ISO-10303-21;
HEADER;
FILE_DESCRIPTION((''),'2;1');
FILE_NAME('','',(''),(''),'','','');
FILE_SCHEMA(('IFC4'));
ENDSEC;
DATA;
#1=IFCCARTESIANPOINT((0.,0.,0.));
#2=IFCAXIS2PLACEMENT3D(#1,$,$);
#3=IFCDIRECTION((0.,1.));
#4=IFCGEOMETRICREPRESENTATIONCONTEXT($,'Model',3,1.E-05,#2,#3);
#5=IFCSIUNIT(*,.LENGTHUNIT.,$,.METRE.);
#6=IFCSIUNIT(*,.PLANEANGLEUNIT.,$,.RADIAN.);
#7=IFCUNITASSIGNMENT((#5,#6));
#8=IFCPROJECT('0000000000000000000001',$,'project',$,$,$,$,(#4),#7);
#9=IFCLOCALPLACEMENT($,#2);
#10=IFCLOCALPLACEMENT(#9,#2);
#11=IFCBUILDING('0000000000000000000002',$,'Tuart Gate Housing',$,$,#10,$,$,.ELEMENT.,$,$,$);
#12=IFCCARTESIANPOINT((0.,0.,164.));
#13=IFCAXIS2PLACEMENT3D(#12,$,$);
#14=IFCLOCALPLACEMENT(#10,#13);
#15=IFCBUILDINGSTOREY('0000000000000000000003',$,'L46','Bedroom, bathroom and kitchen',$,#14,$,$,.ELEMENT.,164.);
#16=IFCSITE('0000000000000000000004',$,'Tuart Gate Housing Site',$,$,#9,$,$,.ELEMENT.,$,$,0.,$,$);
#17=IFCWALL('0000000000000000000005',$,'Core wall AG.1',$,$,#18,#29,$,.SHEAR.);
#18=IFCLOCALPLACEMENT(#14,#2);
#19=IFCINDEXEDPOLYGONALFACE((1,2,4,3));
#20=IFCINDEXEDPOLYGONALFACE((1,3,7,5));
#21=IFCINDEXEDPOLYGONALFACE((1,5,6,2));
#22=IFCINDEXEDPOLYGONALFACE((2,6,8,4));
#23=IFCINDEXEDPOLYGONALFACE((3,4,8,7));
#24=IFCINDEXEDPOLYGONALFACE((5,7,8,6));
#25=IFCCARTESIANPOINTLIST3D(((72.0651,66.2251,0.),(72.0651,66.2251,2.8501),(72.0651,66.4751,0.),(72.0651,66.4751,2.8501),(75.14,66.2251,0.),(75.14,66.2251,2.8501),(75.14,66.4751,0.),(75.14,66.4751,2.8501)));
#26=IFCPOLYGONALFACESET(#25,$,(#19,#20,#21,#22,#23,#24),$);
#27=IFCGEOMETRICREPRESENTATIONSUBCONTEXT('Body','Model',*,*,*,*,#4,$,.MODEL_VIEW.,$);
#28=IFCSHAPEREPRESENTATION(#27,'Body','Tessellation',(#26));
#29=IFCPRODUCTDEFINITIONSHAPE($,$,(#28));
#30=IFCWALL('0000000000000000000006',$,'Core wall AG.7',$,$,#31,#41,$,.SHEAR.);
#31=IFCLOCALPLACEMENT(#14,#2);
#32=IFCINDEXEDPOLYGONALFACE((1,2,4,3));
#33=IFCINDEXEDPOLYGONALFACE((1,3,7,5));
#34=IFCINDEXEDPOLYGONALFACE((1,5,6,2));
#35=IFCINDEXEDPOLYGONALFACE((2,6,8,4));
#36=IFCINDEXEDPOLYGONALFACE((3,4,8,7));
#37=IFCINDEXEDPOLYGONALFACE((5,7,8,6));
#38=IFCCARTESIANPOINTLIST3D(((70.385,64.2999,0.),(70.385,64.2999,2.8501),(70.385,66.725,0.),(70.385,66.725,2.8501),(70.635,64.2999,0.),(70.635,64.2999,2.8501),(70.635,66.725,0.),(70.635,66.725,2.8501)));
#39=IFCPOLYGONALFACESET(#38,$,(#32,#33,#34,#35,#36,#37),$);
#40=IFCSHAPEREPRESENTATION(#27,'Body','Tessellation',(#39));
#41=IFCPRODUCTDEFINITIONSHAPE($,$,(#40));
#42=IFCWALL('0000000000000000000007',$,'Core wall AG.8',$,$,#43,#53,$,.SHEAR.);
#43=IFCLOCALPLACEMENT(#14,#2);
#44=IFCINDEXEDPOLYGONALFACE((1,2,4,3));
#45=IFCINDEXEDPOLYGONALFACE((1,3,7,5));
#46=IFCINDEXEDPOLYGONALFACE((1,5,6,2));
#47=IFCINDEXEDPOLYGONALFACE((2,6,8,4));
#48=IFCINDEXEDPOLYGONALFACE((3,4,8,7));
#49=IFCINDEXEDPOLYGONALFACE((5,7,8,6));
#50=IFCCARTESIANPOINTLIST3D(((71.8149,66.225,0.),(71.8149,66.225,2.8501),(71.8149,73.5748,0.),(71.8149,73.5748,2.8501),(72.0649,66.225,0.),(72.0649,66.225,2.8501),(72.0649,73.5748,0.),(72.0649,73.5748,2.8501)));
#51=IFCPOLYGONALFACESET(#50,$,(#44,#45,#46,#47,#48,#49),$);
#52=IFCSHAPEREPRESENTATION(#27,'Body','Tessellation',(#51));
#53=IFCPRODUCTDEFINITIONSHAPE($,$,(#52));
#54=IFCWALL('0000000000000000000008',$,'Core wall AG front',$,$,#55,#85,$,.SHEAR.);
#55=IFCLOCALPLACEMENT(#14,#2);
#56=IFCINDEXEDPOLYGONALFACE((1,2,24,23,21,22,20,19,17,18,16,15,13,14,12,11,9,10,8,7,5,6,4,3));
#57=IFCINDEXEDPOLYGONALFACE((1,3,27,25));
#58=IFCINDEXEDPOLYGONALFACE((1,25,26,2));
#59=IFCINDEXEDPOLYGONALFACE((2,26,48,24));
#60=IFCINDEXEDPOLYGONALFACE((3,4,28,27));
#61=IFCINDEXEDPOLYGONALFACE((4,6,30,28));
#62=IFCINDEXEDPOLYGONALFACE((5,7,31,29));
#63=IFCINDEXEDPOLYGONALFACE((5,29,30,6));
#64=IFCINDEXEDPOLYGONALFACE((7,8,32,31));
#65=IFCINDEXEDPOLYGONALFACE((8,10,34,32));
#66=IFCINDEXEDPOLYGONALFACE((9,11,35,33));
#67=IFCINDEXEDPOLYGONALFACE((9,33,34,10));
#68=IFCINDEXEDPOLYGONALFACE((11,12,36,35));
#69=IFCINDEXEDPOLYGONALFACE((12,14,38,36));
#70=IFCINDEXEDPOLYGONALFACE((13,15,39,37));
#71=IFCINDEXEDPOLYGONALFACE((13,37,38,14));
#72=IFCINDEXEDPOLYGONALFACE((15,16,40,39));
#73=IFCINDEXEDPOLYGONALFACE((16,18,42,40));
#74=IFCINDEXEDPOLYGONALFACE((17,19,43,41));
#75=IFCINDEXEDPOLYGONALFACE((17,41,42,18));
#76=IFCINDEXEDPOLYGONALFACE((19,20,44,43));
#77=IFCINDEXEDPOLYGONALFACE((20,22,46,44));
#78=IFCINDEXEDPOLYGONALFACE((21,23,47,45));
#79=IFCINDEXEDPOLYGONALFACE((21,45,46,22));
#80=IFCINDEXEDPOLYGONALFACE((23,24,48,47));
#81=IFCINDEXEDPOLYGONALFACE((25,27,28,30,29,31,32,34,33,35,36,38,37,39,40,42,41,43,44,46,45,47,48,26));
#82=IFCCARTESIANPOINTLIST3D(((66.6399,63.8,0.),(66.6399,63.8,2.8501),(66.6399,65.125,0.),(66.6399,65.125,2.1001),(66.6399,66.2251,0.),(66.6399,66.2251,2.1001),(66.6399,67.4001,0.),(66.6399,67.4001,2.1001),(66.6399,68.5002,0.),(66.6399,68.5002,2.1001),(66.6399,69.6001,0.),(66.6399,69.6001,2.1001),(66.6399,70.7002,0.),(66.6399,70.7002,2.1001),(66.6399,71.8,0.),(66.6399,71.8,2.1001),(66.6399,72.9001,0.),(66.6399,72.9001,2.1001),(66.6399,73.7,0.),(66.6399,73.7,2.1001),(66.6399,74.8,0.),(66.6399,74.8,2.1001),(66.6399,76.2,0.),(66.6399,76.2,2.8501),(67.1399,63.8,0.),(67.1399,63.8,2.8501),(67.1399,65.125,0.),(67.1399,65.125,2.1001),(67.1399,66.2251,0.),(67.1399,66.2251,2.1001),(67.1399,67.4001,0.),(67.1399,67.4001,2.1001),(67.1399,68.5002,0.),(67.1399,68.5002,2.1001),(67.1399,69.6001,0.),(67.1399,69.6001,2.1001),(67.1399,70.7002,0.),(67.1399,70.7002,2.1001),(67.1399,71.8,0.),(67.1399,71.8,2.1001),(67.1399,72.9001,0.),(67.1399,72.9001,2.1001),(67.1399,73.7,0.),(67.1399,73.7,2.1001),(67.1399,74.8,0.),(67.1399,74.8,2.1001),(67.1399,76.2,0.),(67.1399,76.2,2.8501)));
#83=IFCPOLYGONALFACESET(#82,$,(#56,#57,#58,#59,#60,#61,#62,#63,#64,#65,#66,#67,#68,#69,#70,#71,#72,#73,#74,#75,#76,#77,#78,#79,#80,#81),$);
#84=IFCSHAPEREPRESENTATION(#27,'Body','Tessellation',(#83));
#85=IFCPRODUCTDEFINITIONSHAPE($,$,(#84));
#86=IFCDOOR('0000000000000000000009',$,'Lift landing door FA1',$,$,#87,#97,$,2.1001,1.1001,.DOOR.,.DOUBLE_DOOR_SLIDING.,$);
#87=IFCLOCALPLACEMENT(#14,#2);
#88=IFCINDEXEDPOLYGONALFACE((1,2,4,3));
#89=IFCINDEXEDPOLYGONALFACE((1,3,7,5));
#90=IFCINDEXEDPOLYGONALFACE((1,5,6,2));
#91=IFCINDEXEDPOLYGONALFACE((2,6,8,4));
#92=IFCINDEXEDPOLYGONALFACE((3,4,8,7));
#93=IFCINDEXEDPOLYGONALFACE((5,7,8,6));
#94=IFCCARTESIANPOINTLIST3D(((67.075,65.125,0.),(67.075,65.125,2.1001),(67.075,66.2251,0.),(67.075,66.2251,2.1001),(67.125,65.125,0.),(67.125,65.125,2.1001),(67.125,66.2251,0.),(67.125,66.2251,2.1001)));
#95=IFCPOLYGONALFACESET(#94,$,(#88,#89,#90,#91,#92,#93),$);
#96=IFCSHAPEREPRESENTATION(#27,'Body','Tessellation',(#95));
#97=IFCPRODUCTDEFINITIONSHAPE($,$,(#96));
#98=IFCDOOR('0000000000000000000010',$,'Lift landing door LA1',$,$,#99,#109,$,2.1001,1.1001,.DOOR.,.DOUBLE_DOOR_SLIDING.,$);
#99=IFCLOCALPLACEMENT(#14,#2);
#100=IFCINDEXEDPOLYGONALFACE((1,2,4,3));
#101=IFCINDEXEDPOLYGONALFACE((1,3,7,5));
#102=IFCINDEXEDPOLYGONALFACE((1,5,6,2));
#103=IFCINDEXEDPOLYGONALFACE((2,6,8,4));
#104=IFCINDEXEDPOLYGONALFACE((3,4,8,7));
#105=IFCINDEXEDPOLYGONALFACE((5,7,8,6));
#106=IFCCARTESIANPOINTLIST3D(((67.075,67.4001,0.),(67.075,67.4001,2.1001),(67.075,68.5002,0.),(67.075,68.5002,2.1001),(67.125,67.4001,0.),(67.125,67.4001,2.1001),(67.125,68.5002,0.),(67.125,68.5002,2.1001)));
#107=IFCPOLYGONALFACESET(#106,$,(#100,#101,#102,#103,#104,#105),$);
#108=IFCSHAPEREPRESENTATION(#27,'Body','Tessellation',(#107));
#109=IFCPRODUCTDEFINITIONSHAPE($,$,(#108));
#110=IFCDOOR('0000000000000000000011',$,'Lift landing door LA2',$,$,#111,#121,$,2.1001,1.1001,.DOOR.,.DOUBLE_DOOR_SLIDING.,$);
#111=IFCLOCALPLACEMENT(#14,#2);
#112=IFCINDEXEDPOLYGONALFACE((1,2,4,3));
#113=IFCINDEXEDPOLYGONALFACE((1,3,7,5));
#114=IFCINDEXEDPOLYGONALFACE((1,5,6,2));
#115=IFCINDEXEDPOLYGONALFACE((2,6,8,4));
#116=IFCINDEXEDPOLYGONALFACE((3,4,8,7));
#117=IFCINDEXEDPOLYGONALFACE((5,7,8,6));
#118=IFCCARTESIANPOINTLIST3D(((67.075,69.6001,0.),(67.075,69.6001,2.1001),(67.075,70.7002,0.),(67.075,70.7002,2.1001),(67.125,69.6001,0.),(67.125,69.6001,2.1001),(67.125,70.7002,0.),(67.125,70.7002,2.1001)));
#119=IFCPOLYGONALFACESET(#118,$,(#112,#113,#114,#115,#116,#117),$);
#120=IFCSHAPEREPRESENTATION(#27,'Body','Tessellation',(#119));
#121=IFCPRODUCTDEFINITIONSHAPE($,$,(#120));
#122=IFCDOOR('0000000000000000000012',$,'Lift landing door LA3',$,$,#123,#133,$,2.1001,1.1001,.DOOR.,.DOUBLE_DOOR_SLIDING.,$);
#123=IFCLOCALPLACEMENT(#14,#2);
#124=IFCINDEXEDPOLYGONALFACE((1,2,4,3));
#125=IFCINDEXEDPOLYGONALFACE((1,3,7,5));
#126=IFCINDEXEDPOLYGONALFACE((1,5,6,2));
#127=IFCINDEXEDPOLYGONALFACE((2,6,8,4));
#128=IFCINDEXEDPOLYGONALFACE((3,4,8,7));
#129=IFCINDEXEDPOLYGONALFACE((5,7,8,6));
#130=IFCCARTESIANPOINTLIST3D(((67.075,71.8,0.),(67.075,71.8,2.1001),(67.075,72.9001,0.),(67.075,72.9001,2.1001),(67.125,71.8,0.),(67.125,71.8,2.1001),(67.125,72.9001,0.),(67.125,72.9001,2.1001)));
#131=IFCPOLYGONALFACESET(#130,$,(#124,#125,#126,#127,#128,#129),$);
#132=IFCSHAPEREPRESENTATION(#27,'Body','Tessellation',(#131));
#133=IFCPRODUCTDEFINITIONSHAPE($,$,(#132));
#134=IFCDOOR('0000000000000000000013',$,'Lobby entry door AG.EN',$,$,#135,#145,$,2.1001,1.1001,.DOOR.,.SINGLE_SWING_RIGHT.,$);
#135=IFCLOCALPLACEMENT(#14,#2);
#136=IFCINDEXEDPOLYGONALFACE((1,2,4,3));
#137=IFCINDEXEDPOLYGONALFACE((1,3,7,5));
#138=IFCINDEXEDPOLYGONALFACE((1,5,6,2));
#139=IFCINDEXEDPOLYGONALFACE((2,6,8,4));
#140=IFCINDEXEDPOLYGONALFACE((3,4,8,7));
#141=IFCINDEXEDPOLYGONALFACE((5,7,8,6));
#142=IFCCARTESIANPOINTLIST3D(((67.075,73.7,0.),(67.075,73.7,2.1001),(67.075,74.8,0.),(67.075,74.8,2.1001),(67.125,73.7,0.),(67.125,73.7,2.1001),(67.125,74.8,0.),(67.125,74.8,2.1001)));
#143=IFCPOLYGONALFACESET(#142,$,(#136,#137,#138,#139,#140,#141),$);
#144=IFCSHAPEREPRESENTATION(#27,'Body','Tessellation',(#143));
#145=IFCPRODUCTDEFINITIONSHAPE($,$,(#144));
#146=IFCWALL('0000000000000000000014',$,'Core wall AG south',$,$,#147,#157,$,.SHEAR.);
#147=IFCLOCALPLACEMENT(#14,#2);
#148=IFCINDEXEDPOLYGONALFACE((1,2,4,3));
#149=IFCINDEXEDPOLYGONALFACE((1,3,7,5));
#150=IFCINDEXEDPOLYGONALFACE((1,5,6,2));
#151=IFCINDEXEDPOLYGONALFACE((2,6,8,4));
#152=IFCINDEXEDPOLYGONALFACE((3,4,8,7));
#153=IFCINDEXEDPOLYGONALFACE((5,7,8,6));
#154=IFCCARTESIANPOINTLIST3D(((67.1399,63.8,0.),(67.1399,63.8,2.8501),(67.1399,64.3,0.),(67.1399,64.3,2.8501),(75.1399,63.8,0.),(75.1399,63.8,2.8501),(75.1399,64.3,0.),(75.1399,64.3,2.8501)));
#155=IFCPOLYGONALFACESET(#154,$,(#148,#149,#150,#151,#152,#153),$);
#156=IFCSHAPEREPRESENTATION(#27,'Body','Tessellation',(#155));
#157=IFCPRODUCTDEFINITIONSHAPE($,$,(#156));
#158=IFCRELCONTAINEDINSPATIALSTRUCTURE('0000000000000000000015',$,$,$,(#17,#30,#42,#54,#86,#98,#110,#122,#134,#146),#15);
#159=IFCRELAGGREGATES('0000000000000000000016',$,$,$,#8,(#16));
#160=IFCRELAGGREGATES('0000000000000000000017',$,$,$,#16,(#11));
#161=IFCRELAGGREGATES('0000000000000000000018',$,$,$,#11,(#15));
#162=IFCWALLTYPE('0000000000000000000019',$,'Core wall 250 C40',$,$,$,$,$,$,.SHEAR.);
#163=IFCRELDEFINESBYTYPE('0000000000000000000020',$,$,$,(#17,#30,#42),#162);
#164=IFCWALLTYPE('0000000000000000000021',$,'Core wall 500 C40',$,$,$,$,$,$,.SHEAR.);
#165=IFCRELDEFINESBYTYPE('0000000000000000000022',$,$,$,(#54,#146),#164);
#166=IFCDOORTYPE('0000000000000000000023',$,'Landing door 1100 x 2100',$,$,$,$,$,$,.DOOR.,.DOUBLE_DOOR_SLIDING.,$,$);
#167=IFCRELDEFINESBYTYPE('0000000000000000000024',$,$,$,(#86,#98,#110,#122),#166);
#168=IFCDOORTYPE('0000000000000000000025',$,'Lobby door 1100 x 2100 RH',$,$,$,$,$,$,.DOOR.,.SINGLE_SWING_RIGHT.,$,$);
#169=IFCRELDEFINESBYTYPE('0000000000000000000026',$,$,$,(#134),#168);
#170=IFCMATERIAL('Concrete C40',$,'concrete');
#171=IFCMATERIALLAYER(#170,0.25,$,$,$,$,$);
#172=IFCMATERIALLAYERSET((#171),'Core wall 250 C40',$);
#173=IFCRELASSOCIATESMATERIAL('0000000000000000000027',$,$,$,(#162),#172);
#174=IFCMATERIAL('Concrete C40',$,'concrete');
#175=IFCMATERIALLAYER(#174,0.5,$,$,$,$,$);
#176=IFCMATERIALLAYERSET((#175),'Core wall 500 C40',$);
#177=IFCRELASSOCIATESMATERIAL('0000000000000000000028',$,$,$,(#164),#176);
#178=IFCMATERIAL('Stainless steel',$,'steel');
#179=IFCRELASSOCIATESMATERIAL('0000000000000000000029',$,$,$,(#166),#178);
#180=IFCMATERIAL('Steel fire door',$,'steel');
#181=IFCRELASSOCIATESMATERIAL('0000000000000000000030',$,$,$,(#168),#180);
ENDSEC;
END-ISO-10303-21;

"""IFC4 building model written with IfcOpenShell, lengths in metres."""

from ifc_helpers import new_model, si_unit, direction, frame, frame_2d, origin, place, context, subcontext, project, spatial, rectangle, extrude, material, layer, layer_set, type_object, element, fill, save


model = new_model("IFC4")

# Units and contexts
model_context = context("Model", 3, precision=1e-05, world=origin(), true_north=direction((0.0, 1.0)))
body_context = subcontext(model_context, "Body", "Model", "MODEL_VIEW")
ifc_project = project(units=[si_unit("LENGTHUNIT", "METRE"), si_unit("PLANEANGLEUNIT", "RADIAN")], contexts=[model_context])

# Site, building, storey
site_placement = place(None, origin())
site = spatial("IfcSite", under=ifc_project, at=site_placement, Name="Tuart Gate Housing Site", CompositionType="ELEMENT", RefElevation=0.0)
building_placement = place(site_placement, origin())
building = spatial("IfcBuilding", under=site, at=building_placement, Name="Tuart Gate Housing", CompositionType="ELEMENT")
storey_placement = place(building_placement, frame((0.0, 0.0, 164.0)))
storey = spatial("IfcBuildingStorey", under=building, at=storey_placement, Name="L46", Description="Bedroom, bathroom and kitchen", CompositionType="ELEMENT", Elevation=164.0)

# Walls
ifc_material_1 = material(Name="Concrete C40", Category="concrete")
ifc_layer_1 = layer(ifc_material_1, 0.25)
ifc_layer_set_1 = layer_set([ifc_layer_1], Name="Core wall 250 C40")
wall_type_1 = type_object("IfcWallType", Name="Core wall 250 C40", PredefinedType="SHEAR", material=ifc_layer_set_1)
wall_1_placement = place(storey_placement, frame((72.0649, 66.3501, 0.0), z_axis=(0.0, 0.0, 1.0), x_axis=(1.0, 0.0, 0.0)))
element("IfcWall", 1, at=wall_1_placement, inside=storey, type_object=wall_type_1, Name="Core wall AG.1", PredefinedType="SHEAR", context=body_context, shape_type="SweptSolid", body=[
    extrude(rectangle(XDim=3.075, YDim=0.25, at=frame_2d((1.5376, 0.0))), origin(), (0.0, 0.0, 1.0), 2.8501),
])
wall_2_placement = place(storey_placement, frame((70.51, 64.3, 0.0), z_axis=(0.0, 0.0, 1.0), x_axis=(0.0, 1.0, 0.0)))
element("IfcWall", 2, at=wall_2_placement, inside=storey, type_object=wall_type_1, Name="Core wall AG.7", PredefinedType="SHEAR", context=body_context, shape_type="SweptSolid", body=[
    extrude(rectangle(XDim=2.425, YDim=0.25, at=frame_2d((1.2124, 0.0))), origin(), (0.0, 0.0, 1.0), 2.8501),
])
wall_3_placement = place(storey_placement, frame((71.9399, 66.2251, 0.0), z_axis=(0.0, 0.0, 1.0), x_axis=(0.0, 1.0, 0.0)))
element("IfcWall", 3, at=wall_3_placement, inside=storey, type_object=wall_type_1, Name="Core wall AG.8", PredefinedType="SHEAR", context=body_context, shape_type="SweptSolid", body=[
    extrude(rectangle(XDim=7.3499, YDim=0.25, at=frame_2d((3.6748, 0.0))), origin(), (0.0, 0.0, 1.0), 2.8501),
])

# Wall, openings, doors
ifc_material_2 = material(Name="Concrete C40", Category="concrete")
ifc_layer_2 = layer(ifc_material_2, 0.5)
ifc_layer_set_2 = layer_set([ifc_layer_2], Name="Core wall 500 C40")
wall_type_2 = type_object("IfcWallType", Name="Core wall 500 C40", PredefinedType="SHEAR", material=ifc_layer_set_2)
wall_4_placement = place(storey_placement, frame((66.8899, 63.8, 0.0), z_axis=(0.0, 0.0, 1.0), x_axis=(0.0, 1.0, 0.0)))
wall_4 = element("IfcWall", 4, at=wall_4_placement, inside=storey, type_object=wall_type_2, Name="Core wall AG front", PredefinedType="SHEAR", context=body_context, shape_type="SweptSolid", body=[
    extrude(rectangle(XDim=12.3999, YDim=0.5, at=frame_2d((6.2, 0.0))), origin(), (0.0, 0.0, 1.0), 2.8501),
])
opening_1_placement = place(wall_4_placement, frame((1.325, 0.0, 0.0)))
opening_1 = element("IfcOpeningElement", 5, at=opening_1_placement, cuts=wall_4, PredefinedType="OPENING", context=body_context, shape_type="SweptSolid", body=[
    extrude(rectangle(XDim=1.1001, YDim=2.1001, at=frame_2d((0.55, 1.05))), frame((0.0, 0.26, 0.0), z_axis=(0.0, -1.0, 0.0), x_axis=(1.0, 0.0, 0.0)), (0.0, 0.0, 1.0), 0.52),
])
opening_2_placement = place(wall_4_placement, frame((3.6001, 0.0, 0.0)))
opening_2 = element("IfcOpeningElement", 6, at=opening_2_placement, cuts=wall_4, PredefinedType="OPENING", context=body_context, shape_type="SweptSolid", body=[
    extrude(rectangle(XDim=1.1001, YDim=2.1001, at=frame_2d((0.55, 1.05))), frame((0.0, 0.26, 0.0), z_axis=(0.0, -1.0, 0.0), x_axis=(1.0, 0.0, 0.0)), (0.0, 0.0, 1.0), 0.52),
])
opening_3_placement = place(wall_4_placement, frame((5.8, 0.0, 0.0)))
opening_3 = element("IfcOpeningElement", 7, at=opening_3_placement, cuts=wall_4, PredefinedType="OPENING", context=body_context, shape_type="SweptSolid", body=[
    extrude(rectangle(XDim=1.1001, YDim=2.1001, at=frame_2d((0.55, 1.05))), frame((0.0, 0.26, 0.0), z_axis=(0.0, -1.0, 0.0), x_axis=(1.0, 0.0, 0.0)), (0.0, 0.0, 1.0), 0.52),
])
opening_4_placement = place(wall_4_placement, frame((8.0, 0.0, 0.0)))
opening_4 = element("IfcOpeningElement", 8, at=opening_4_placement, cuts=wall_4, PredefinedType="OPENING", context=body_context, shape_type="SweptSolid", body=[
    extrude(rectangle(XDim=1.1001, YDim=2.1001, at=frame_2d((0.55, 1.05))), frame((0.0, 0.26, 0.0), z_axis=(0.0, -1.0, 0.0), x_axis=(1.0, 0.0, 0.0)), (0.0, 0.0, 1.0), 0.52),
])
opening_5_placement = place(wall_4_placement, frame((9.8999, 0.0, 0.0)))
opening_5 = element("IfcOpeningElement", 9, at=opening_5_placement, cuts=wall_4, PredefinedType="OPENING", context=body_context, shape_type="SweptSolid", body=[
    extrude(rectangle(XDim=1.1001, YDim=2.1001, at=frame_2d((0.55, 1.05))), frame((0.0, 0.26, 0.0), z_axis=(0.0, -1.0, 0.0), x_axis=(1.0, 0.0, 0.0)), (0.0, 0.0, 1.0), 0.52),
])
ifc_material_3 = material(Name="Stainless steel", Category="steel")
door_type_1 = type_object("IfcDoorType", Name="Landing door 1100 x 2100", OperationType="DOUBLE_DOOR_SLIDING", PredefinedType="DOOR", material=ifc_material_3)
door_1_placement = place(opening_1_placement, origin())
door_1 = element("IfcDoor", 10, at=door_1_placement, inside=storey, type_object=door_type_1, Name="Lift landing door FA1", OperationType="DOUBLE_DOOR_SLIDING", OverallHeight=2.1001, OverallWidth=1.1001, PredefinedType="DOOR", context=body_context, shape_type="SweptSolid", body=[
    extrude(rectangle(XDim=1.1001, YDim=2.1001, at=frame_2d((0.55, 1.05))), frame((0.0, -0.1851, 0.0), z_axis=(0.0, -1.0, 0.0), x_axis=(1.0, 0.0, 0.0)), (0.0, 0.0, 1.0), 0.05),
])
fill(opening_1, door_1)
door_2_placement = place(opening_2_placement, origin())
door_2 = element("IfcDoor", 11, at=door_2_placement, inside=storey, type_object=door_type_1, Name="Lift landing door LA1", OperationType="DOUBLE_DOOR_SLIDING", OverallHeight=2.1001, OverallWidth=1.1001, PredefinedType="DOOR", context=body_context, shape_type="SweptSolid", body=[
    extrude(rectangle(XDim=1.1001, YDim=2.1001, at=frame_2d((0.55, 1.05))), frame((0.0, -0.1851, 0.0), z_axis=(0.0, -1.0, 0.0), x_axis=(1.0, 0.0, 0.0)), (0.0, 0.0, 1.0), 0.05),
])
fill(opening_2, door_2)
door_3_placement = place(opening_3_placement, origin())
door_3 = element("IfcDoor", 12, at=door_3_placement, inside=storey, type_object=door_type_1, Name="Lift landing door LA2", OperationType="DOUBLE_DOOR_SLIDING", OverallHeight=2.1001, OverallWidth=1.1001, PredefinedType="DOOR", context=body_context, shape_type="SweptSolid", body=[
    extrude(rectangle(XDim=1.1001, YDim=2.1001, at=frame_2d((0.55, 1.05))), frame((0.0, -0.1851, 0.0), z_axis=(0.0, -1.0, 0.0), x_axis=(1.0, 0.0, 0.0)), (0.0, 0.0, 1.0), 0.05),
])
fill(opening_3, door_3)
door_4_placement = place(opening_4_placement, origin())
door_4 = element("IfcDoor", 13, at=door_4_placement, inside=storey, type_object=door_type_1, Name="Lift landing door LA3", OperationType="DOUBLE_DOOR_SLIDING", OverallHeight=2.1001, OverallWidth=1.1001, PredefinedType="DOOR", context=body_context, shape_type="SweptSolid", body=[
    extrude(rectangle(XDim=1.1001, YDim=2.1001, at=frame_2d((0.55, 1.05))), frame((0.0, -0.1851, 0.0), z_axis=(0.0, -1.0, 0.0), x_axis=(1.0, 0.0, 0.0)), (0.0, 0.0, 1.0), 0.05),
])
fill(opening_4, door_4)
ifc_material_4 = material(Name="Steel fire door", Category="steel")
door_type_2 = type_object("IfcDoorType", Name="Lobby door 1100 x 2100 RH", OperationType="SINGLE_SWING_RIGHT", PredefinedType="DOOR", material=ifc_material_4)
door_5_placement = place(opening_5_placement, frame((1.1001, 0.0, 0.0), z_axis=(0.0, 0.0, 1.0), x_axis=(-1.0, 0.0, 0.0)))
door_5 = element("IfcDoor", 14, at=door_5_placement, inside=storey, type_object=door_type_2, Name="Lobby entry door AG.EN", OperationType="SINGLE_SWING_RIGHT", OverallHeight=2.1001, OverallWidth=1.1001, PredefinedType="DOOR", context=body_context, shape_type="SweptSolid", body=[
    extrude(rectangle(XDim=1.1001, YDim=2.1001, at=frame_2d((0.55, 1.05))), frame((0.0, 0.2351, 0.0), z_axis=(0.0, -1.0, 0.0), x_axis=(1.0, 0.0, 0.0)), (0.0, 0.0, 1.0), 0.05),
])
fill(opening_5, door_5)

# Wall
wall_5_placement = place(storey_placement, frame((67.1399, 64.05, 0.0), z_axis=(0.0, 0.0, 1.0), x_axis=(1.0, 0.0, 0.0)))
element("IfcWall", 15, at=wall_5_placement, inside=storey, type_object=wall_type_2, Name="Core wall AG south", PredefinedType="SHEAR", context=body_context, shape_type="SweptSolid", body=[
    extrude(rectangle(XDim=8.0, YDim=0.5, at=frame_2d((4.0, 0.0))), origin(), (0.0, 0.0, 1.0), 2.8501),
])

save(model, "model.ifc")
